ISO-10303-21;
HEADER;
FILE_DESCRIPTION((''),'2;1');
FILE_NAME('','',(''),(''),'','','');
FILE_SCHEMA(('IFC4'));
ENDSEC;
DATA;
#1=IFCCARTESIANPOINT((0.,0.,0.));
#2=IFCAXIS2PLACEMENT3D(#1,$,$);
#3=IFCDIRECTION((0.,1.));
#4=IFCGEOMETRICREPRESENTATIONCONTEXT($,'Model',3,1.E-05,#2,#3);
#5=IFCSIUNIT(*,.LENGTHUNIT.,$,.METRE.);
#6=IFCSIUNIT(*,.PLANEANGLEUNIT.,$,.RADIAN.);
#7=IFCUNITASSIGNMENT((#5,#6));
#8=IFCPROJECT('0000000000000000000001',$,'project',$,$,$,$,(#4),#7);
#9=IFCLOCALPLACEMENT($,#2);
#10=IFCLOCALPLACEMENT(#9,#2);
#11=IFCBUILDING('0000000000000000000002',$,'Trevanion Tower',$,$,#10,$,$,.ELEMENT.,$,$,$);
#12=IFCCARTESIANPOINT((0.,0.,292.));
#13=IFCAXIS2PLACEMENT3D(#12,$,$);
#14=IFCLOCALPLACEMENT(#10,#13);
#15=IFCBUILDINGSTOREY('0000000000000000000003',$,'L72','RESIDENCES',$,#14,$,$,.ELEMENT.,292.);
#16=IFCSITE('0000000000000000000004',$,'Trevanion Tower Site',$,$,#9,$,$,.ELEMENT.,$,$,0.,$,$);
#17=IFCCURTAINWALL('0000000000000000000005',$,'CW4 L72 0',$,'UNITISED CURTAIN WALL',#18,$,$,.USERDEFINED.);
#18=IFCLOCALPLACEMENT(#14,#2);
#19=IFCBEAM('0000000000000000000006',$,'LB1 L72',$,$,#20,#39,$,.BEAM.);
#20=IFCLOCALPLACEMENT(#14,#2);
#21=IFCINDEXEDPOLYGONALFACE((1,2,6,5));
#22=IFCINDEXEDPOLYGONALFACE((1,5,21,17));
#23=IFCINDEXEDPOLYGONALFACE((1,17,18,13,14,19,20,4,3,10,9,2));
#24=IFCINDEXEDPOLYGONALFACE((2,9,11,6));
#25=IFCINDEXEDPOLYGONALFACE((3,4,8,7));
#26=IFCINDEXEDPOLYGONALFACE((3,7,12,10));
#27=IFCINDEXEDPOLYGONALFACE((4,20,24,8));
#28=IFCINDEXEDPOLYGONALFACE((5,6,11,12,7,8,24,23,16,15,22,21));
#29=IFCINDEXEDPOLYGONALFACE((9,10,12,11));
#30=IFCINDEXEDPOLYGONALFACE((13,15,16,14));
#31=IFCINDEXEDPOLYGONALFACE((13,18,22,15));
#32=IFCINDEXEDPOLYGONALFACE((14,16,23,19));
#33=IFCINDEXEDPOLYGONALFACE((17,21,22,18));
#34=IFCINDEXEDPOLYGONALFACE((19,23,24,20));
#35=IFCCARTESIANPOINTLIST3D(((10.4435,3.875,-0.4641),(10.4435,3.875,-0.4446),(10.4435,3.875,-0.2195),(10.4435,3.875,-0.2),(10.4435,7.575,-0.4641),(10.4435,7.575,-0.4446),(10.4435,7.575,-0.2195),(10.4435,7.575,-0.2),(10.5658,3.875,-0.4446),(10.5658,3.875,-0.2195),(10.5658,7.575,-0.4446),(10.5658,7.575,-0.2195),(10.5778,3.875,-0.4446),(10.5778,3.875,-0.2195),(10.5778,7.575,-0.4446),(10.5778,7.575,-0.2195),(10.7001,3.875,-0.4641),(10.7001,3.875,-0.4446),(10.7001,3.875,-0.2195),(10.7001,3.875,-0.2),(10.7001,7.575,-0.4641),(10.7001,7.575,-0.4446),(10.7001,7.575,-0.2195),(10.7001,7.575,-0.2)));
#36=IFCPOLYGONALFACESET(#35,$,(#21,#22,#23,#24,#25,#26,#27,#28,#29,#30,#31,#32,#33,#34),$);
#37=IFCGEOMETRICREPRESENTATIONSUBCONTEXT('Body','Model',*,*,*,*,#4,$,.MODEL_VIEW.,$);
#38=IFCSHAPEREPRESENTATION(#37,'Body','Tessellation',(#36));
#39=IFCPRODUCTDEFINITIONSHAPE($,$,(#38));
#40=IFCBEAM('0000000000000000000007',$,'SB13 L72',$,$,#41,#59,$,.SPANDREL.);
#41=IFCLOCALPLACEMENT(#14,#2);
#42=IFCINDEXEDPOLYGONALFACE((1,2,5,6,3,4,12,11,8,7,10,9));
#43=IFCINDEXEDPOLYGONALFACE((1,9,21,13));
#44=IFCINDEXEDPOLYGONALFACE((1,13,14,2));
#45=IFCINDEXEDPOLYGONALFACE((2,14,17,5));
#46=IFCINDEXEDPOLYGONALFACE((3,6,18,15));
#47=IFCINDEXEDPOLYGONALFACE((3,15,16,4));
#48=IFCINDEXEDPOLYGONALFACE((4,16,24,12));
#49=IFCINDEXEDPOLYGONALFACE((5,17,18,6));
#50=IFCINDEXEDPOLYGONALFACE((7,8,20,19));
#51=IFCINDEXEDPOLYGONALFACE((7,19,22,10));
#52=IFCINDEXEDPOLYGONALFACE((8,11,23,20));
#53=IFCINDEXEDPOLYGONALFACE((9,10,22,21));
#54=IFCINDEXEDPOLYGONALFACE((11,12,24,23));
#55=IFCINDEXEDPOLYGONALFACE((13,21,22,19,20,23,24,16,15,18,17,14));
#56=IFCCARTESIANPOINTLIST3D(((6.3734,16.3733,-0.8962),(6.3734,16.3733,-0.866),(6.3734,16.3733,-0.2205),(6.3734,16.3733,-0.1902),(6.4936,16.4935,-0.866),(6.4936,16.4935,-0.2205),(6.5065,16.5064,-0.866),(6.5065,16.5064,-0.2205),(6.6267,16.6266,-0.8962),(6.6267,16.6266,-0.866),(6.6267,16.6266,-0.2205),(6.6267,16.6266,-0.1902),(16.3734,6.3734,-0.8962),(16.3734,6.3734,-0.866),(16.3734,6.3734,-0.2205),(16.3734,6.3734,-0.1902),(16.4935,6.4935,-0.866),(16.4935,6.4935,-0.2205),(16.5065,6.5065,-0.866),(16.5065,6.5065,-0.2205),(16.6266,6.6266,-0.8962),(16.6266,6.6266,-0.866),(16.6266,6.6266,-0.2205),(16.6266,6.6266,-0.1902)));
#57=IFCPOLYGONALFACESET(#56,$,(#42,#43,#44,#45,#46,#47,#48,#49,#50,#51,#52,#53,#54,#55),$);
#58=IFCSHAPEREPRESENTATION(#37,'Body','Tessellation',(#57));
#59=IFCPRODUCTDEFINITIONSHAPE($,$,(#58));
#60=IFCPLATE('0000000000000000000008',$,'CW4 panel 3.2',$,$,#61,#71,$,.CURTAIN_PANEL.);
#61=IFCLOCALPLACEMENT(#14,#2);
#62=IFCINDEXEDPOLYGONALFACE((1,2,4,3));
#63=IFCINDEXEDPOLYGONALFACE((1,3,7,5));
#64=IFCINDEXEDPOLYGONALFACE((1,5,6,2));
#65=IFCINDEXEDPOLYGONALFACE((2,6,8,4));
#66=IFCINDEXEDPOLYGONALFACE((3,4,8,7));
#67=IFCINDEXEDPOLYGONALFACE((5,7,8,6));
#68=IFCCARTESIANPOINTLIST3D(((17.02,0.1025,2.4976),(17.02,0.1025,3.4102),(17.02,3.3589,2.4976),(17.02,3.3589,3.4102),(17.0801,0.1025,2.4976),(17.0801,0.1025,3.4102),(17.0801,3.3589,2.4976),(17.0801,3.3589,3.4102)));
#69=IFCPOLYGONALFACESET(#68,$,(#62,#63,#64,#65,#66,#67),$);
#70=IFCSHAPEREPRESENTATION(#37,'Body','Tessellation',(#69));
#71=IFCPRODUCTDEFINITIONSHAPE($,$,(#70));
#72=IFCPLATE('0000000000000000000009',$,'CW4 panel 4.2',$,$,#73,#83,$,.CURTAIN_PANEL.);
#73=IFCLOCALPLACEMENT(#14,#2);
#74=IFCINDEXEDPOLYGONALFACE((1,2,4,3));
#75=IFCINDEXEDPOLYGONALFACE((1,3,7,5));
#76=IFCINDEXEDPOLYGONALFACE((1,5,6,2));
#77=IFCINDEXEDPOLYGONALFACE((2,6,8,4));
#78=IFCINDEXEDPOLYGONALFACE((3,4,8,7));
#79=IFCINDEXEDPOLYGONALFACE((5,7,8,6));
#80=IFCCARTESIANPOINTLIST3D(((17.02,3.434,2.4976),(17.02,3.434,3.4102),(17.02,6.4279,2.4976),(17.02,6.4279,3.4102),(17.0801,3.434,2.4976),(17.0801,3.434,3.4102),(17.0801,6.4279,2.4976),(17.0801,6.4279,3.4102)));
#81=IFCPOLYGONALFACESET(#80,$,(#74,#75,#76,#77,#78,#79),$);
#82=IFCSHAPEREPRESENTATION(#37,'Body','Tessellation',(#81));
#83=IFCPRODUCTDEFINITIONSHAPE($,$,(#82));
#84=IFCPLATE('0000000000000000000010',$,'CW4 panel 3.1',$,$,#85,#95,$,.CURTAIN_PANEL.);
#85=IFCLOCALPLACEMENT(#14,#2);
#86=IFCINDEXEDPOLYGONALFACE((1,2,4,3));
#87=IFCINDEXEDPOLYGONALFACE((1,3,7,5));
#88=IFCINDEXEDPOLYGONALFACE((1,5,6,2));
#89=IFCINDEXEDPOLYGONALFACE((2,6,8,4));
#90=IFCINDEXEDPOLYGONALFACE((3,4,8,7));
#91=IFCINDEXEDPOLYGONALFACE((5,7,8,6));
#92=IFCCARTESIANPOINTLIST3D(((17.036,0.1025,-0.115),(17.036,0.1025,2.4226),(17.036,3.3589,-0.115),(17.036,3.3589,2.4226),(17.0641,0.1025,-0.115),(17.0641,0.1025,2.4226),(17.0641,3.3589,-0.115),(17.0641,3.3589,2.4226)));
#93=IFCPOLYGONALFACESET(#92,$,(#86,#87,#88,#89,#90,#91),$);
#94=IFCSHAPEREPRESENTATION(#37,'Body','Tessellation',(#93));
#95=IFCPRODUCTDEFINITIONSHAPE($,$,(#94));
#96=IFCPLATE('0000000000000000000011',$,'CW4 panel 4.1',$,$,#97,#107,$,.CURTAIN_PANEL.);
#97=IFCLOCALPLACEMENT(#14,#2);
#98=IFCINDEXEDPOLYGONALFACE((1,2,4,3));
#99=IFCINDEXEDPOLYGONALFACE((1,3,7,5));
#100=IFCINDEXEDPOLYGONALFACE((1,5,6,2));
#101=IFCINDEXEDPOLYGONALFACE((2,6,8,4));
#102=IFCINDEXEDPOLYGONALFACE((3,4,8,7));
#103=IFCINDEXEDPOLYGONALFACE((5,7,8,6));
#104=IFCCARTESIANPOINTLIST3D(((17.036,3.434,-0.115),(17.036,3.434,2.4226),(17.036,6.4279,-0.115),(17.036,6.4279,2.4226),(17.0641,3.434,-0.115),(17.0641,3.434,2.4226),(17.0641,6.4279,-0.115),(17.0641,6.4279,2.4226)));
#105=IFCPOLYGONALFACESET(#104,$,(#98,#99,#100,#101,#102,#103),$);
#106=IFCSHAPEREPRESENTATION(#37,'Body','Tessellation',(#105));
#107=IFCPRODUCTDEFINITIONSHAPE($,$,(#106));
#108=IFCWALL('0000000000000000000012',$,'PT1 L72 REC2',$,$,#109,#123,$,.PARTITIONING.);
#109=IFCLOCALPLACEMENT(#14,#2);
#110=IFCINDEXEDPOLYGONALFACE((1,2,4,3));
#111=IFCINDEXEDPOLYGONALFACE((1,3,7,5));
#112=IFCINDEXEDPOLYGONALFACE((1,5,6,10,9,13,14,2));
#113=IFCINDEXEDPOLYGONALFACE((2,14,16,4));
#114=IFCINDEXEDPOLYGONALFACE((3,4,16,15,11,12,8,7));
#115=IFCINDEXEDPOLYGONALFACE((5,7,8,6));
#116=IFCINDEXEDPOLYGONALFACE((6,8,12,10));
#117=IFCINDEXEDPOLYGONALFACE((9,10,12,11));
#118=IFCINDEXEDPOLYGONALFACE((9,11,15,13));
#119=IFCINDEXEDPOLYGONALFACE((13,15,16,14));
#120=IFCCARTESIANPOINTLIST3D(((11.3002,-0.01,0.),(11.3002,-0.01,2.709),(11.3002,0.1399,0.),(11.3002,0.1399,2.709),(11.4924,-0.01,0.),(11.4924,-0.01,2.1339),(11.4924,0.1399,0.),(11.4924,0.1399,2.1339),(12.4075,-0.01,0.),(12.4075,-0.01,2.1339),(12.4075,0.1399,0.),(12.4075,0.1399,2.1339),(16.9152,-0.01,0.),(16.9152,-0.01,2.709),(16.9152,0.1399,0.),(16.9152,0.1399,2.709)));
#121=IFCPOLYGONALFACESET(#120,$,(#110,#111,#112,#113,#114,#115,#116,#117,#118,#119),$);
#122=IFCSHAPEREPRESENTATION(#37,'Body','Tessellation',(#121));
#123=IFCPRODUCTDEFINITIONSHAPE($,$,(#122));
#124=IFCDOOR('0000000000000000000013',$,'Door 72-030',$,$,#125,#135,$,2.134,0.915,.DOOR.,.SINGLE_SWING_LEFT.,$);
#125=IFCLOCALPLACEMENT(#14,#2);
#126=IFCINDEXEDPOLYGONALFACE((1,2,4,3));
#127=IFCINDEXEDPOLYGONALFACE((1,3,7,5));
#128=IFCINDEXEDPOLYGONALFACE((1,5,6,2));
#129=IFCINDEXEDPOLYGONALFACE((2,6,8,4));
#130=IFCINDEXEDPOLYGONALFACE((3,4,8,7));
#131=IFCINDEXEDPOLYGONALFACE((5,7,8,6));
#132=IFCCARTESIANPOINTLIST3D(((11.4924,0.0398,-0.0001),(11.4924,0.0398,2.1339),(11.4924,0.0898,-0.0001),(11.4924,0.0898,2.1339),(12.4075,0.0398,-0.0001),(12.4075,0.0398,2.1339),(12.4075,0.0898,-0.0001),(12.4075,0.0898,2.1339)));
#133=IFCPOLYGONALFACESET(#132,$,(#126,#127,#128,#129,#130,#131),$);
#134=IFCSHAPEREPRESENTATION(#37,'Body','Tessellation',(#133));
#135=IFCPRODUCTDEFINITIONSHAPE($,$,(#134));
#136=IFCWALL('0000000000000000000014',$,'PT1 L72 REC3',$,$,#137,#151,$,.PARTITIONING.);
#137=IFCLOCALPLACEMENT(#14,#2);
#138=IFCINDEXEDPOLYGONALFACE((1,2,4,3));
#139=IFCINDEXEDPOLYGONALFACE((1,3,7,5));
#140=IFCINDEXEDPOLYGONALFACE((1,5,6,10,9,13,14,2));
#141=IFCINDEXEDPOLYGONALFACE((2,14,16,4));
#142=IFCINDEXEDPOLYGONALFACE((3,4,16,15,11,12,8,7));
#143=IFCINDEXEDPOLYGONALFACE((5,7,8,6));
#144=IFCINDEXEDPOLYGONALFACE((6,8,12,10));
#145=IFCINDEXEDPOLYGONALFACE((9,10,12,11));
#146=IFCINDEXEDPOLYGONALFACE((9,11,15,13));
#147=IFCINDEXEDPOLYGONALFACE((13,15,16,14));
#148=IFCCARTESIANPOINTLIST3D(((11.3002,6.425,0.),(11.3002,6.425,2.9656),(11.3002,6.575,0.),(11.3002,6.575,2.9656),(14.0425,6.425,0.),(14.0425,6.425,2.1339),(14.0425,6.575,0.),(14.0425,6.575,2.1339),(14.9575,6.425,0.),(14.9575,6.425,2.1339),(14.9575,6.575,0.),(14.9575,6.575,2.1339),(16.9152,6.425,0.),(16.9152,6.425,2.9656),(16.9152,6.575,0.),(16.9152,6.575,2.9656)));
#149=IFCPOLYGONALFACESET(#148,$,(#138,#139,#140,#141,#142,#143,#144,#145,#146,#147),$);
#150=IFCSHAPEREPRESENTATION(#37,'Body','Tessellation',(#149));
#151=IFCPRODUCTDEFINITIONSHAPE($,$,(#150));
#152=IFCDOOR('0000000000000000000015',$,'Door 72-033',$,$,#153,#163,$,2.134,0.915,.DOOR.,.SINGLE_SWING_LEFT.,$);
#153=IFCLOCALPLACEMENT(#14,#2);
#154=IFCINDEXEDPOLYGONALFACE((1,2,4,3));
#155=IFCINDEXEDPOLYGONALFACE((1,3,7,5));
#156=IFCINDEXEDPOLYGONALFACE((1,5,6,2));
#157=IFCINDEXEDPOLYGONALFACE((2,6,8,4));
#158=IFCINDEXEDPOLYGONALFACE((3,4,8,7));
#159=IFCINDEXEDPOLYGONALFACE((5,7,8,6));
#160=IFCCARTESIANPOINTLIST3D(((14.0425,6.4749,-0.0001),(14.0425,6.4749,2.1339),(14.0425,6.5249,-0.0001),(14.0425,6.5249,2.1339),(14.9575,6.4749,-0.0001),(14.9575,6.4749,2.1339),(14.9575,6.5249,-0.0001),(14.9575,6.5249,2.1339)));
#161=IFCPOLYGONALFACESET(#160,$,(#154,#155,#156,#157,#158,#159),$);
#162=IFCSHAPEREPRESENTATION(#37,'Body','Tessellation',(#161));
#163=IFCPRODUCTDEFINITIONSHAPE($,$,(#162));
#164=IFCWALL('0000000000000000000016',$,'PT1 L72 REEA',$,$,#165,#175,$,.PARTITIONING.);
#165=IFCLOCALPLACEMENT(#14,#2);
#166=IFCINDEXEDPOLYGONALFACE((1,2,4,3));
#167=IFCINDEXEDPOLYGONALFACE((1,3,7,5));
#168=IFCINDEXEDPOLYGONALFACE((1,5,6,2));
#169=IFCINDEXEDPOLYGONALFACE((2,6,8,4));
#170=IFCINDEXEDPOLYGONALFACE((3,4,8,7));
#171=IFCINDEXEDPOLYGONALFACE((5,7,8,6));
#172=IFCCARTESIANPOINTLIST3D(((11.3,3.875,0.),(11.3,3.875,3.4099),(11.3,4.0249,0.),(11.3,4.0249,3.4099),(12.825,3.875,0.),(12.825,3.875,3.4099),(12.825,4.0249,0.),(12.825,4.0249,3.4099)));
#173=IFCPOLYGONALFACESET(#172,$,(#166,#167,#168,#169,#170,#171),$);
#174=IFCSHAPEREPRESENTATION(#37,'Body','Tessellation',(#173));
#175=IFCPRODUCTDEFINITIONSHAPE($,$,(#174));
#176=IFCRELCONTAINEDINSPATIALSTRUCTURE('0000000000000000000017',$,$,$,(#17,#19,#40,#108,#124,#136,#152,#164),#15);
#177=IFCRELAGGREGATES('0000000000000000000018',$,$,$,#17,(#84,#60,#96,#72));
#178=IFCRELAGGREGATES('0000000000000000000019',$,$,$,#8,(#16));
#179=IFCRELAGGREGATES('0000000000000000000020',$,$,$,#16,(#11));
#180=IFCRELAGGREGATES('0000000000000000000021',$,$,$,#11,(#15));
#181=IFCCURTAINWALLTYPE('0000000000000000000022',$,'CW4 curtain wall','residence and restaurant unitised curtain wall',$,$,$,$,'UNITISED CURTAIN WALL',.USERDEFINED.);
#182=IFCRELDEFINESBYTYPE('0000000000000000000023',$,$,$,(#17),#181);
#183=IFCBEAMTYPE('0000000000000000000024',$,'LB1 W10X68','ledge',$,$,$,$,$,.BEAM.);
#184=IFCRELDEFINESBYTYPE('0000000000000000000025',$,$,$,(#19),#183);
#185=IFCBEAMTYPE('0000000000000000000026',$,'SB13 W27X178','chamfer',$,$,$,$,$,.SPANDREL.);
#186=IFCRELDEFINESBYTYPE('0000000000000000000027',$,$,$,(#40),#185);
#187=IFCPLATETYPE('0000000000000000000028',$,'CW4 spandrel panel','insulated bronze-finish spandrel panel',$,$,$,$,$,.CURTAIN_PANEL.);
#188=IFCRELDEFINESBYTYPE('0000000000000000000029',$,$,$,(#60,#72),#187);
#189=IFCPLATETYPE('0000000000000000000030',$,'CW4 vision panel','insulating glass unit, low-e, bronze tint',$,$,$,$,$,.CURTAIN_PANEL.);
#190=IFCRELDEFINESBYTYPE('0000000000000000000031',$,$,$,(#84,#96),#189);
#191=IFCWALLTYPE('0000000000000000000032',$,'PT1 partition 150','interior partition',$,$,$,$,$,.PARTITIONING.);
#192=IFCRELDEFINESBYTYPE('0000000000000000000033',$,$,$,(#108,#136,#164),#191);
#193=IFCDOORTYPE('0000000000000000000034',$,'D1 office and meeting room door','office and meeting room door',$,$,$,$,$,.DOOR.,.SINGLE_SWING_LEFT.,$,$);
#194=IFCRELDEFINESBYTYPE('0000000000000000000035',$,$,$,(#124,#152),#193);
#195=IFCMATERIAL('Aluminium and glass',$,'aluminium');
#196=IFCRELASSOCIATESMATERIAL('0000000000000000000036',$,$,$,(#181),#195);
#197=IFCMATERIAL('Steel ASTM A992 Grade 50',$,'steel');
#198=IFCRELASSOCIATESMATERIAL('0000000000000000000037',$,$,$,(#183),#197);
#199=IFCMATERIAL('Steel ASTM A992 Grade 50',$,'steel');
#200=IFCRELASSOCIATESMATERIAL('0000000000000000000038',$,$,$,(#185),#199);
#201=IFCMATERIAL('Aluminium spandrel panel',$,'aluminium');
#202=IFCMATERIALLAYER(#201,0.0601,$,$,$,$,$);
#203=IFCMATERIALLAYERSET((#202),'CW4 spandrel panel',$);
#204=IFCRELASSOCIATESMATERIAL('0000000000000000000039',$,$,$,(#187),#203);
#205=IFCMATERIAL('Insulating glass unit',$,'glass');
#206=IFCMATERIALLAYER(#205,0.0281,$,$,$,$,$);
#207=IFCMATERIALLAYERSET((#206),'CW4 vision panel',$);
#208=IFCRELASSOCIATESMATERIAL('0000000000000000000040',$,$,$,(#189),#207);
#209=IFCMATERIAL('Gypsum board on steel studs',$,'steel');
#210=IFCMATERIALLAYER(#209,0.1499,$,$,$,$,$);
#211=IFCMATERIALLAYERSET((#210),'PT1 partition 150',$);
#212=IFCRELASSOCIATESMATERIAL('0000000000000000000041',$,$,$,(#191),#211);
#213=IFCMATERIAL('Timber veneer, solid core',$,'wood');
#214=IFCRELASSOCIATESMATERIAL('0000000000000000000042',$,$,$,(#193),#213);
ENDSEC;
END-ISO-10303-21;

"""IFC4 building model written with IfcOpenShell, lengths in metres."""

from ifc_helpers import new_model, si_unit, direction, frame, frame_2d, origin, origin_2d, place, context, subcontext, project, spatial, rectangle, i_section, extrude, material, layer, layer_set, material_profile, profile_set, type_object, element, fill, aggregate, save


model = new_model("IFC4")

# Units and contexts
model_context = context("Model", 3, precision=1e-05, world=origin(), true_north=direction((0.0, 1.0)))
body_context = subcontext(model_context, "Body", "Model", "MODEL_VIEW")
ifc_project = project(units=[si_unit("LENGTHUNIT", "METRE"), si_unit("PLANEANGLEUNIT", "RADIAN")], contexts=[model_context])

# Site, building, storey
site_placement = place(None, origin())
site = spatial("IfcSite", under=ifc_project, at=site_placement, Name="Trevanion Tower Site", CompositionType="ELEMENT", RefElevation=0.0)
building_placement = place(site_placement, origin())
building = spatial("IfcBuilding", under=site, at=building_placement, Name="Trevanion Tower", CompositionType="ELEMENT")
storey_placement = place(building_placement, frame((0.0, 0.0, 292.0)))
storey = spatial("IfcBuildingStorey", under=building, at=storey_placement, Name="L72", Description="RESIDENCES", CompositionType="ELEMENT", Elevation=292.0)

# Curtain wall
ifc_material_1 = material(Name="Aluminium and glass", Category="aluminium")
curtain_wall_type = type_object("IfcCurtainWallType", Name="CW4 curtain wall", Description="residence and restaurant unitised curtain wall", ElementType="UNITISED CURTAIN WALL", PredefinedType="USERDEFINED", material=ifc_material_1)
curtain_wall_placement = place(storey_placement, origin())
curtain_wall = element("IfcCurtainWall", 1, at=curtain_wall_placement, inside=storey, type_object=curtain_wall_type, Name="CW4 L72 0", ObjectType="UNITISED CURTAIN WALL", PredefinedType="USERDEFINED")

# Beams
ifc_material_2 = material(Name="Steel ASTM A992 Grade 50", Category="steel")
ifc_material_profile_1 = material_profile(ifc_material_2, i_section(OverallWidth=0.2566, OverallDepth=0.2642, WebThickness=0.012, FlangeThickness=0.0195, at=origin_2d()), Name="W10X68")
ifc_profile_set_1 = profile_set([ifc_material_profile_1], Name="Steel ASTM A992 Grade 50")
beam_type_1 = type_object("IfcBeamType", Name="LB1 W10X68", Description="ledge", PredefinedType="BEAM", material=ifc_profile_set_1)
beam_1_placement = place(storey_placement, frame((10.5718, 3.875, -0.332), z_axis=(0.0, 1.0, 0.0), x_axis=(-1.0, 0.0, 0.0)))
element("IfcBeam", 2, at=beam_1_placement, inside=storey, type_object=beam_type_1, Name="LB1 L72", PredefinedType="BEAM", context=body_context, shape_type="SweptSolid", body=[
    extrude(i_section(OverallWidth=0.2566, OverallDepth=0.2642, WebThickness=0.012, FlangeThickness=0.0195, at=origin_2d()), origin(), (0.0, 0.0, 1.0), 3.7),
])
ifc_material_3 = material(Name="Steel ASTM A992 Grade 50", Category="steel")
ifc_material_profile_2 = material_profile(ifc_material_3, i_section(OverallWidth=0.3582, OverallDepth=0.7061, WebThickness=0.0183, FlangeThickness=0.0303, at=origin_2d()), Name="W27X178")
ifc_profile_set_2 = profile_set([ifc_material_profile_2], Name="Steel ASTM A992 Grade 50")
beam_type_2 = type_object("IfcBeamType", Name="SB13 W27X178", Description="chamfer", PredefinedType="SPANDREL", material=ifc_profile_set_2)
beam_2_placement = place(storey_placement, frame((16.5, 6.5, -0.5432), z_axis=(-0.707107, 0.707107, 0.0), x_axis=(-0.707107, -0.707107, 0.0)))
element("IfcBeam", 3, at=beam_2_placement, inside=storey, type_object=beam_type_2, Name="SB13 L72", PredefinedType="SPANDREL", context=body_context, shape_type="SweptSolid", body=[
    extrude(i_section(OverallWidth=0.3582, OverallDepth=0.7061, WebThickness=0.0183, FlangeThickness=0.0303, at=origin_2d()), origin(), (0.0, 0.0, 1.0), 14.1421),
])

# Plates
ifc_material_4 = material(Name="Aluminium spandrel panel", Category="aluminium")
ifc_layer_1 = layer(ifc_material_4, 0.0601)
ifc_layer_set_1 = layer_set([ifc_layer_1], Name="CW4 spandrel panel")
plate_type_1 = type_object("IfcPlateType", Name="CW4 spandrel panel", Description="insulated bronze-finish spandrel panel", PredefinedType="CURTAIN_PANEL", material=ifc_layer_set_1)
plate_1_placement = place(storey_placement, frame((17.05, 1.7307, 2.4976), z_axis=(0.0, 0.0, 1.0), x_axis=(0.0, 1.0, 0.0)))
plate_1 = element("IfcPlate", 4, at=plate_1_placement, type_object=plate_type_1, Name="CW4 panel 3.2", PredefinedType="CURTAIN_PANEL", context=body_context, shape_type="SweptSolid", body=[
    extrude(rectangle(XDim=3.2563, YDim=0.0601, at=origin_2d()), origin(), (0.0, 0.0, 1.0), 0.9126),
])
plate_2_placement = place(storey_placement, frame((17.05, 4.9309, 2.4976), z_axis=(0.0, 0.0, 1.0), x_axis=(0.0, 1.0, 0.0)))
plate_2 = element("IfcPlate", 5, at=plate_2_placement, type_object=plate_type_1, Name="CW4 panel 4.2", PredefinedType="CURTAIN_PANEL", context=body_context, shape_type="SweptSolid", body=[
    extrude(rectangle(XDim=2.9939, YDim=0.0601, at=origin_2d()), origin(), (0.0, 0.0, 1.0), 0.9126),
])
ifc_material_5 = material(Name="Insulating glass unit", Category="glass")
ifc_layer_2 = layer(ifc_material_5, 0.0281)
ifc_layer_set_2 = layer_set([ifc_layer_2], Name="CW4 vision panel")
plate_type_2 = type_object("IfcPlateType", Name="CW4 vision panel", Description="insulating glass unit, low-e, bronze tint", PredefinedType="CURTAIN_PANEL", material=ifc_layer_set_2)
plate_3_placement = place(storey_placement, frame((17.05, 1.7307, -0.115), z_axis=(0.0, 0.0, 1.0), x_axis=(0.0, 1.0, 0.0)))
plate_3 = element("IfcPlate", 6, at=plate_3_placement, type_object=plate_type_2, Name="CW4 panel 3.1", PredefinedType="CURTAIN_PANEL", context=body_context, shape_type="SweptSolid", body=[
    extrude(rectangle(XDim=3.2563, YDim=0.0281, at=origin_2d()), origin(), (0.0, 0.0, 1.0), 2.5376),
])
plate_4_placement = place(storey_placement, frame((17.05, 4.9309, -0.115), z_axis=(0.0, 0.0, 1.0), x_axis=(0.0, 1.0, 0.0)))
plate_4 = element("IfcPlate", 7, at=plate_4_placement, type_object=plate_type_2, Name="CW4 panel 4.1", PredefinedType="CURTAIN_PANEL", context=body_context, shape_type="SweptSolid", body=[
    extrude(rectangle(XDim=2.9939, YDim=0.0281, at=origin_2d()), origin(), (0.0, 0.0, 1.0), 2.5376),
])
aggregate(curtain_wall, [plate_3, plate_1, plate_4, plate_2])

# Walls, openings, doors
ifc_material_6 = material(Name="Gypsum board on steel studs", Category="steel")
ifc_layer_3 = layer(ifc_material_6, 0.1499)
ifc_layer_set_3 = layer_set([ifc_layer_3], Name="PT1 partition 150")
wall_type_1 = type_object("IfcWallType", Name="PT1 partition 150", Description="interior partition", PredefinedType="PARTITIONING", material=ifc_layer_set_3)
wall_1_placement = place(storey_placement, frame((11.3, 0.0649, 0.0), z_axis=(0.0, 0.0, 1.0), x_axis=(1.0, 0.0, 0.0)))
wall_1 = element("IfcWall", 8, at=wall_1_placement, inside=storey, type_object=wall_type_1, Name="PT1 L72 REC2", PredefinedType="PARTITIONING", context=body_context, shape_type="SweptSolid", body=[
    extrude(rectangle(XDim=5.615, YDim=0.1499, at=frame_2d((2.8076, 0.0))), origin(), (0.0, 0.0, 1.0), 2.709),
])
opening_1_placement = place(wall_1_placement, frame((0.1924, 0.0, 0.0)))
opening_1 = element("IfcOpeningElement", 9, at=opening_1_placement, cuts=wall_1, PredefinedType="OPENING", context=body_context, shape_type="SweptSolid", body=[
    extrude(rectangle(XDim=0.915, YDim=2.134, at=frame_2d((0.4575, 1.0669))), frame((0.0, 0.085, 0.0), z_axis=(0.0, -1.0, 0.0), x_axis=(1.0, 0.0, 0.0)), (0.0, 0.0, 1.0), 0.1699),
])
ifc_material_7 = material(Name="Timber veneer, solid core", Category="wood")
door_type_1 = type_object("IfcDoorType", Name="D1 office and meeting room door", Description="office and meeting room door", OperationType="SINGLE_SWING_LEFT", PredefinedType="DOOR", material=ifc_material_7)
door_1_placement = place(opening_1_placement, origin())
door_1 = element("IfcDoor", 10, at=door_1_placement, inside=storey, type_object=door_type_1, Name="Door 72-030", OperationType="SINGLE_SWING_LEFT", OverallHeight=2.134, OverallWidth=0.915, PredefinedType="DOOR", context=body_context, shape_type="SweptSolid", body=[
    extrude(rectangle(XDim=0.915, YDim=2.134, at=frame_2d((0.4575, 1.0669))), frame((0.0, 0.0249, 0.0), z_axis=(0.0, -1.0, 0.0), x_axis=(1.0, 0.0, 0.0)), (0.0, 0.0, 1.0), 0.05),
])
fill(opening_1, door_1)
wall_2_placement = place(storey_placement, frame((11.3, 6.5, 0.0), z_axis=(0.0, 0.0, 1.0), x_axis=(1.0, 0.0, 0.0)))
wall_2 = element("IfcWall", 11, at=wall_2_placement, inside=storey, type_object=wall_type_1, Name="PT1 L72 REC3", PredefinedType="PARTITIONING", context=body_context, shape_type="SweptSolid", body=[
    extrude(rectangle(XDim=5.615, YDim=0.1499, at=frame_2d((2.8076, 0.0))), origin(), (0.0, 0.0, 1.0), 2.9656),
])
opening_2_placement = place(wall_2_placement, frame((2.7424, 0.0, 0.0)))
opening_2 = element("IfcOpeningElement", 12, at=opening_2_placement, cuts=wall_2, PredefinedType="OPENING", context=body_context, shape_type="SweptSolid", body=[
    extrude(rectangle(XDim=0.915, YDim=2.134, at=frame_2d((0.4575, 1.0669))), frame((0.0, 0.085, 0.0), z_axis=(0.0, -1.0, 0.0), x_axis=(1.0, 0.0, 0.0)), (0.0, 0.0, 1.0), 0.1699),
])
door_2_placement = place(opening_2_placement, origin())
door_2 = element("IfcDoor", 13, at=door_2_placement, inside=storey, type_object=door_type_1, Name="Door 72-033", OperationType="SINGLE_SWING_LEFT", OverallHeight=2.134, OverallWidth=0.915, PredefinedType="DOOR", context=body_context, shape_type="SweptSolid", body=[
    extrude(rectangle(XDim=0.915, YDim=2.134, at=frame_2d((0.4575, 1.0669))), frame((0.0, 0.0249, 0.0), z_axis=(0.0, -1.0, 0.0), x_axis=(1.0, 0.0, 0.0)), (0.0, 0.0, 1.0), 0.05),
])
fill(opening_2, door_2)

# Wall
for number, where, z_axis, x_axis, name in (
    (14, (11.3, 3.95, 0.0), (0.0, 0.0, 1.0), (1.0, 0.0, 0.0), "PT1 L72 REEA"),
):
    element("IfcWall", number, at=place(storey_placement, frame(where, z_axis=z_axis, x_axis=x_axis)), inside=storey, type_object=wall_type_1, Name=name, PredefinedType="PARTITIONING", context=body_context, shape_type="SweptSolid", body=[
        extrude(rectangle(XDim=1.5249, YDim=0.1499, at=frame_2d((0.7625, 0.0))), origin(), (0.0, 0.0, 1.0), 3.4099),
    ])

save(model, "model.ifc")
